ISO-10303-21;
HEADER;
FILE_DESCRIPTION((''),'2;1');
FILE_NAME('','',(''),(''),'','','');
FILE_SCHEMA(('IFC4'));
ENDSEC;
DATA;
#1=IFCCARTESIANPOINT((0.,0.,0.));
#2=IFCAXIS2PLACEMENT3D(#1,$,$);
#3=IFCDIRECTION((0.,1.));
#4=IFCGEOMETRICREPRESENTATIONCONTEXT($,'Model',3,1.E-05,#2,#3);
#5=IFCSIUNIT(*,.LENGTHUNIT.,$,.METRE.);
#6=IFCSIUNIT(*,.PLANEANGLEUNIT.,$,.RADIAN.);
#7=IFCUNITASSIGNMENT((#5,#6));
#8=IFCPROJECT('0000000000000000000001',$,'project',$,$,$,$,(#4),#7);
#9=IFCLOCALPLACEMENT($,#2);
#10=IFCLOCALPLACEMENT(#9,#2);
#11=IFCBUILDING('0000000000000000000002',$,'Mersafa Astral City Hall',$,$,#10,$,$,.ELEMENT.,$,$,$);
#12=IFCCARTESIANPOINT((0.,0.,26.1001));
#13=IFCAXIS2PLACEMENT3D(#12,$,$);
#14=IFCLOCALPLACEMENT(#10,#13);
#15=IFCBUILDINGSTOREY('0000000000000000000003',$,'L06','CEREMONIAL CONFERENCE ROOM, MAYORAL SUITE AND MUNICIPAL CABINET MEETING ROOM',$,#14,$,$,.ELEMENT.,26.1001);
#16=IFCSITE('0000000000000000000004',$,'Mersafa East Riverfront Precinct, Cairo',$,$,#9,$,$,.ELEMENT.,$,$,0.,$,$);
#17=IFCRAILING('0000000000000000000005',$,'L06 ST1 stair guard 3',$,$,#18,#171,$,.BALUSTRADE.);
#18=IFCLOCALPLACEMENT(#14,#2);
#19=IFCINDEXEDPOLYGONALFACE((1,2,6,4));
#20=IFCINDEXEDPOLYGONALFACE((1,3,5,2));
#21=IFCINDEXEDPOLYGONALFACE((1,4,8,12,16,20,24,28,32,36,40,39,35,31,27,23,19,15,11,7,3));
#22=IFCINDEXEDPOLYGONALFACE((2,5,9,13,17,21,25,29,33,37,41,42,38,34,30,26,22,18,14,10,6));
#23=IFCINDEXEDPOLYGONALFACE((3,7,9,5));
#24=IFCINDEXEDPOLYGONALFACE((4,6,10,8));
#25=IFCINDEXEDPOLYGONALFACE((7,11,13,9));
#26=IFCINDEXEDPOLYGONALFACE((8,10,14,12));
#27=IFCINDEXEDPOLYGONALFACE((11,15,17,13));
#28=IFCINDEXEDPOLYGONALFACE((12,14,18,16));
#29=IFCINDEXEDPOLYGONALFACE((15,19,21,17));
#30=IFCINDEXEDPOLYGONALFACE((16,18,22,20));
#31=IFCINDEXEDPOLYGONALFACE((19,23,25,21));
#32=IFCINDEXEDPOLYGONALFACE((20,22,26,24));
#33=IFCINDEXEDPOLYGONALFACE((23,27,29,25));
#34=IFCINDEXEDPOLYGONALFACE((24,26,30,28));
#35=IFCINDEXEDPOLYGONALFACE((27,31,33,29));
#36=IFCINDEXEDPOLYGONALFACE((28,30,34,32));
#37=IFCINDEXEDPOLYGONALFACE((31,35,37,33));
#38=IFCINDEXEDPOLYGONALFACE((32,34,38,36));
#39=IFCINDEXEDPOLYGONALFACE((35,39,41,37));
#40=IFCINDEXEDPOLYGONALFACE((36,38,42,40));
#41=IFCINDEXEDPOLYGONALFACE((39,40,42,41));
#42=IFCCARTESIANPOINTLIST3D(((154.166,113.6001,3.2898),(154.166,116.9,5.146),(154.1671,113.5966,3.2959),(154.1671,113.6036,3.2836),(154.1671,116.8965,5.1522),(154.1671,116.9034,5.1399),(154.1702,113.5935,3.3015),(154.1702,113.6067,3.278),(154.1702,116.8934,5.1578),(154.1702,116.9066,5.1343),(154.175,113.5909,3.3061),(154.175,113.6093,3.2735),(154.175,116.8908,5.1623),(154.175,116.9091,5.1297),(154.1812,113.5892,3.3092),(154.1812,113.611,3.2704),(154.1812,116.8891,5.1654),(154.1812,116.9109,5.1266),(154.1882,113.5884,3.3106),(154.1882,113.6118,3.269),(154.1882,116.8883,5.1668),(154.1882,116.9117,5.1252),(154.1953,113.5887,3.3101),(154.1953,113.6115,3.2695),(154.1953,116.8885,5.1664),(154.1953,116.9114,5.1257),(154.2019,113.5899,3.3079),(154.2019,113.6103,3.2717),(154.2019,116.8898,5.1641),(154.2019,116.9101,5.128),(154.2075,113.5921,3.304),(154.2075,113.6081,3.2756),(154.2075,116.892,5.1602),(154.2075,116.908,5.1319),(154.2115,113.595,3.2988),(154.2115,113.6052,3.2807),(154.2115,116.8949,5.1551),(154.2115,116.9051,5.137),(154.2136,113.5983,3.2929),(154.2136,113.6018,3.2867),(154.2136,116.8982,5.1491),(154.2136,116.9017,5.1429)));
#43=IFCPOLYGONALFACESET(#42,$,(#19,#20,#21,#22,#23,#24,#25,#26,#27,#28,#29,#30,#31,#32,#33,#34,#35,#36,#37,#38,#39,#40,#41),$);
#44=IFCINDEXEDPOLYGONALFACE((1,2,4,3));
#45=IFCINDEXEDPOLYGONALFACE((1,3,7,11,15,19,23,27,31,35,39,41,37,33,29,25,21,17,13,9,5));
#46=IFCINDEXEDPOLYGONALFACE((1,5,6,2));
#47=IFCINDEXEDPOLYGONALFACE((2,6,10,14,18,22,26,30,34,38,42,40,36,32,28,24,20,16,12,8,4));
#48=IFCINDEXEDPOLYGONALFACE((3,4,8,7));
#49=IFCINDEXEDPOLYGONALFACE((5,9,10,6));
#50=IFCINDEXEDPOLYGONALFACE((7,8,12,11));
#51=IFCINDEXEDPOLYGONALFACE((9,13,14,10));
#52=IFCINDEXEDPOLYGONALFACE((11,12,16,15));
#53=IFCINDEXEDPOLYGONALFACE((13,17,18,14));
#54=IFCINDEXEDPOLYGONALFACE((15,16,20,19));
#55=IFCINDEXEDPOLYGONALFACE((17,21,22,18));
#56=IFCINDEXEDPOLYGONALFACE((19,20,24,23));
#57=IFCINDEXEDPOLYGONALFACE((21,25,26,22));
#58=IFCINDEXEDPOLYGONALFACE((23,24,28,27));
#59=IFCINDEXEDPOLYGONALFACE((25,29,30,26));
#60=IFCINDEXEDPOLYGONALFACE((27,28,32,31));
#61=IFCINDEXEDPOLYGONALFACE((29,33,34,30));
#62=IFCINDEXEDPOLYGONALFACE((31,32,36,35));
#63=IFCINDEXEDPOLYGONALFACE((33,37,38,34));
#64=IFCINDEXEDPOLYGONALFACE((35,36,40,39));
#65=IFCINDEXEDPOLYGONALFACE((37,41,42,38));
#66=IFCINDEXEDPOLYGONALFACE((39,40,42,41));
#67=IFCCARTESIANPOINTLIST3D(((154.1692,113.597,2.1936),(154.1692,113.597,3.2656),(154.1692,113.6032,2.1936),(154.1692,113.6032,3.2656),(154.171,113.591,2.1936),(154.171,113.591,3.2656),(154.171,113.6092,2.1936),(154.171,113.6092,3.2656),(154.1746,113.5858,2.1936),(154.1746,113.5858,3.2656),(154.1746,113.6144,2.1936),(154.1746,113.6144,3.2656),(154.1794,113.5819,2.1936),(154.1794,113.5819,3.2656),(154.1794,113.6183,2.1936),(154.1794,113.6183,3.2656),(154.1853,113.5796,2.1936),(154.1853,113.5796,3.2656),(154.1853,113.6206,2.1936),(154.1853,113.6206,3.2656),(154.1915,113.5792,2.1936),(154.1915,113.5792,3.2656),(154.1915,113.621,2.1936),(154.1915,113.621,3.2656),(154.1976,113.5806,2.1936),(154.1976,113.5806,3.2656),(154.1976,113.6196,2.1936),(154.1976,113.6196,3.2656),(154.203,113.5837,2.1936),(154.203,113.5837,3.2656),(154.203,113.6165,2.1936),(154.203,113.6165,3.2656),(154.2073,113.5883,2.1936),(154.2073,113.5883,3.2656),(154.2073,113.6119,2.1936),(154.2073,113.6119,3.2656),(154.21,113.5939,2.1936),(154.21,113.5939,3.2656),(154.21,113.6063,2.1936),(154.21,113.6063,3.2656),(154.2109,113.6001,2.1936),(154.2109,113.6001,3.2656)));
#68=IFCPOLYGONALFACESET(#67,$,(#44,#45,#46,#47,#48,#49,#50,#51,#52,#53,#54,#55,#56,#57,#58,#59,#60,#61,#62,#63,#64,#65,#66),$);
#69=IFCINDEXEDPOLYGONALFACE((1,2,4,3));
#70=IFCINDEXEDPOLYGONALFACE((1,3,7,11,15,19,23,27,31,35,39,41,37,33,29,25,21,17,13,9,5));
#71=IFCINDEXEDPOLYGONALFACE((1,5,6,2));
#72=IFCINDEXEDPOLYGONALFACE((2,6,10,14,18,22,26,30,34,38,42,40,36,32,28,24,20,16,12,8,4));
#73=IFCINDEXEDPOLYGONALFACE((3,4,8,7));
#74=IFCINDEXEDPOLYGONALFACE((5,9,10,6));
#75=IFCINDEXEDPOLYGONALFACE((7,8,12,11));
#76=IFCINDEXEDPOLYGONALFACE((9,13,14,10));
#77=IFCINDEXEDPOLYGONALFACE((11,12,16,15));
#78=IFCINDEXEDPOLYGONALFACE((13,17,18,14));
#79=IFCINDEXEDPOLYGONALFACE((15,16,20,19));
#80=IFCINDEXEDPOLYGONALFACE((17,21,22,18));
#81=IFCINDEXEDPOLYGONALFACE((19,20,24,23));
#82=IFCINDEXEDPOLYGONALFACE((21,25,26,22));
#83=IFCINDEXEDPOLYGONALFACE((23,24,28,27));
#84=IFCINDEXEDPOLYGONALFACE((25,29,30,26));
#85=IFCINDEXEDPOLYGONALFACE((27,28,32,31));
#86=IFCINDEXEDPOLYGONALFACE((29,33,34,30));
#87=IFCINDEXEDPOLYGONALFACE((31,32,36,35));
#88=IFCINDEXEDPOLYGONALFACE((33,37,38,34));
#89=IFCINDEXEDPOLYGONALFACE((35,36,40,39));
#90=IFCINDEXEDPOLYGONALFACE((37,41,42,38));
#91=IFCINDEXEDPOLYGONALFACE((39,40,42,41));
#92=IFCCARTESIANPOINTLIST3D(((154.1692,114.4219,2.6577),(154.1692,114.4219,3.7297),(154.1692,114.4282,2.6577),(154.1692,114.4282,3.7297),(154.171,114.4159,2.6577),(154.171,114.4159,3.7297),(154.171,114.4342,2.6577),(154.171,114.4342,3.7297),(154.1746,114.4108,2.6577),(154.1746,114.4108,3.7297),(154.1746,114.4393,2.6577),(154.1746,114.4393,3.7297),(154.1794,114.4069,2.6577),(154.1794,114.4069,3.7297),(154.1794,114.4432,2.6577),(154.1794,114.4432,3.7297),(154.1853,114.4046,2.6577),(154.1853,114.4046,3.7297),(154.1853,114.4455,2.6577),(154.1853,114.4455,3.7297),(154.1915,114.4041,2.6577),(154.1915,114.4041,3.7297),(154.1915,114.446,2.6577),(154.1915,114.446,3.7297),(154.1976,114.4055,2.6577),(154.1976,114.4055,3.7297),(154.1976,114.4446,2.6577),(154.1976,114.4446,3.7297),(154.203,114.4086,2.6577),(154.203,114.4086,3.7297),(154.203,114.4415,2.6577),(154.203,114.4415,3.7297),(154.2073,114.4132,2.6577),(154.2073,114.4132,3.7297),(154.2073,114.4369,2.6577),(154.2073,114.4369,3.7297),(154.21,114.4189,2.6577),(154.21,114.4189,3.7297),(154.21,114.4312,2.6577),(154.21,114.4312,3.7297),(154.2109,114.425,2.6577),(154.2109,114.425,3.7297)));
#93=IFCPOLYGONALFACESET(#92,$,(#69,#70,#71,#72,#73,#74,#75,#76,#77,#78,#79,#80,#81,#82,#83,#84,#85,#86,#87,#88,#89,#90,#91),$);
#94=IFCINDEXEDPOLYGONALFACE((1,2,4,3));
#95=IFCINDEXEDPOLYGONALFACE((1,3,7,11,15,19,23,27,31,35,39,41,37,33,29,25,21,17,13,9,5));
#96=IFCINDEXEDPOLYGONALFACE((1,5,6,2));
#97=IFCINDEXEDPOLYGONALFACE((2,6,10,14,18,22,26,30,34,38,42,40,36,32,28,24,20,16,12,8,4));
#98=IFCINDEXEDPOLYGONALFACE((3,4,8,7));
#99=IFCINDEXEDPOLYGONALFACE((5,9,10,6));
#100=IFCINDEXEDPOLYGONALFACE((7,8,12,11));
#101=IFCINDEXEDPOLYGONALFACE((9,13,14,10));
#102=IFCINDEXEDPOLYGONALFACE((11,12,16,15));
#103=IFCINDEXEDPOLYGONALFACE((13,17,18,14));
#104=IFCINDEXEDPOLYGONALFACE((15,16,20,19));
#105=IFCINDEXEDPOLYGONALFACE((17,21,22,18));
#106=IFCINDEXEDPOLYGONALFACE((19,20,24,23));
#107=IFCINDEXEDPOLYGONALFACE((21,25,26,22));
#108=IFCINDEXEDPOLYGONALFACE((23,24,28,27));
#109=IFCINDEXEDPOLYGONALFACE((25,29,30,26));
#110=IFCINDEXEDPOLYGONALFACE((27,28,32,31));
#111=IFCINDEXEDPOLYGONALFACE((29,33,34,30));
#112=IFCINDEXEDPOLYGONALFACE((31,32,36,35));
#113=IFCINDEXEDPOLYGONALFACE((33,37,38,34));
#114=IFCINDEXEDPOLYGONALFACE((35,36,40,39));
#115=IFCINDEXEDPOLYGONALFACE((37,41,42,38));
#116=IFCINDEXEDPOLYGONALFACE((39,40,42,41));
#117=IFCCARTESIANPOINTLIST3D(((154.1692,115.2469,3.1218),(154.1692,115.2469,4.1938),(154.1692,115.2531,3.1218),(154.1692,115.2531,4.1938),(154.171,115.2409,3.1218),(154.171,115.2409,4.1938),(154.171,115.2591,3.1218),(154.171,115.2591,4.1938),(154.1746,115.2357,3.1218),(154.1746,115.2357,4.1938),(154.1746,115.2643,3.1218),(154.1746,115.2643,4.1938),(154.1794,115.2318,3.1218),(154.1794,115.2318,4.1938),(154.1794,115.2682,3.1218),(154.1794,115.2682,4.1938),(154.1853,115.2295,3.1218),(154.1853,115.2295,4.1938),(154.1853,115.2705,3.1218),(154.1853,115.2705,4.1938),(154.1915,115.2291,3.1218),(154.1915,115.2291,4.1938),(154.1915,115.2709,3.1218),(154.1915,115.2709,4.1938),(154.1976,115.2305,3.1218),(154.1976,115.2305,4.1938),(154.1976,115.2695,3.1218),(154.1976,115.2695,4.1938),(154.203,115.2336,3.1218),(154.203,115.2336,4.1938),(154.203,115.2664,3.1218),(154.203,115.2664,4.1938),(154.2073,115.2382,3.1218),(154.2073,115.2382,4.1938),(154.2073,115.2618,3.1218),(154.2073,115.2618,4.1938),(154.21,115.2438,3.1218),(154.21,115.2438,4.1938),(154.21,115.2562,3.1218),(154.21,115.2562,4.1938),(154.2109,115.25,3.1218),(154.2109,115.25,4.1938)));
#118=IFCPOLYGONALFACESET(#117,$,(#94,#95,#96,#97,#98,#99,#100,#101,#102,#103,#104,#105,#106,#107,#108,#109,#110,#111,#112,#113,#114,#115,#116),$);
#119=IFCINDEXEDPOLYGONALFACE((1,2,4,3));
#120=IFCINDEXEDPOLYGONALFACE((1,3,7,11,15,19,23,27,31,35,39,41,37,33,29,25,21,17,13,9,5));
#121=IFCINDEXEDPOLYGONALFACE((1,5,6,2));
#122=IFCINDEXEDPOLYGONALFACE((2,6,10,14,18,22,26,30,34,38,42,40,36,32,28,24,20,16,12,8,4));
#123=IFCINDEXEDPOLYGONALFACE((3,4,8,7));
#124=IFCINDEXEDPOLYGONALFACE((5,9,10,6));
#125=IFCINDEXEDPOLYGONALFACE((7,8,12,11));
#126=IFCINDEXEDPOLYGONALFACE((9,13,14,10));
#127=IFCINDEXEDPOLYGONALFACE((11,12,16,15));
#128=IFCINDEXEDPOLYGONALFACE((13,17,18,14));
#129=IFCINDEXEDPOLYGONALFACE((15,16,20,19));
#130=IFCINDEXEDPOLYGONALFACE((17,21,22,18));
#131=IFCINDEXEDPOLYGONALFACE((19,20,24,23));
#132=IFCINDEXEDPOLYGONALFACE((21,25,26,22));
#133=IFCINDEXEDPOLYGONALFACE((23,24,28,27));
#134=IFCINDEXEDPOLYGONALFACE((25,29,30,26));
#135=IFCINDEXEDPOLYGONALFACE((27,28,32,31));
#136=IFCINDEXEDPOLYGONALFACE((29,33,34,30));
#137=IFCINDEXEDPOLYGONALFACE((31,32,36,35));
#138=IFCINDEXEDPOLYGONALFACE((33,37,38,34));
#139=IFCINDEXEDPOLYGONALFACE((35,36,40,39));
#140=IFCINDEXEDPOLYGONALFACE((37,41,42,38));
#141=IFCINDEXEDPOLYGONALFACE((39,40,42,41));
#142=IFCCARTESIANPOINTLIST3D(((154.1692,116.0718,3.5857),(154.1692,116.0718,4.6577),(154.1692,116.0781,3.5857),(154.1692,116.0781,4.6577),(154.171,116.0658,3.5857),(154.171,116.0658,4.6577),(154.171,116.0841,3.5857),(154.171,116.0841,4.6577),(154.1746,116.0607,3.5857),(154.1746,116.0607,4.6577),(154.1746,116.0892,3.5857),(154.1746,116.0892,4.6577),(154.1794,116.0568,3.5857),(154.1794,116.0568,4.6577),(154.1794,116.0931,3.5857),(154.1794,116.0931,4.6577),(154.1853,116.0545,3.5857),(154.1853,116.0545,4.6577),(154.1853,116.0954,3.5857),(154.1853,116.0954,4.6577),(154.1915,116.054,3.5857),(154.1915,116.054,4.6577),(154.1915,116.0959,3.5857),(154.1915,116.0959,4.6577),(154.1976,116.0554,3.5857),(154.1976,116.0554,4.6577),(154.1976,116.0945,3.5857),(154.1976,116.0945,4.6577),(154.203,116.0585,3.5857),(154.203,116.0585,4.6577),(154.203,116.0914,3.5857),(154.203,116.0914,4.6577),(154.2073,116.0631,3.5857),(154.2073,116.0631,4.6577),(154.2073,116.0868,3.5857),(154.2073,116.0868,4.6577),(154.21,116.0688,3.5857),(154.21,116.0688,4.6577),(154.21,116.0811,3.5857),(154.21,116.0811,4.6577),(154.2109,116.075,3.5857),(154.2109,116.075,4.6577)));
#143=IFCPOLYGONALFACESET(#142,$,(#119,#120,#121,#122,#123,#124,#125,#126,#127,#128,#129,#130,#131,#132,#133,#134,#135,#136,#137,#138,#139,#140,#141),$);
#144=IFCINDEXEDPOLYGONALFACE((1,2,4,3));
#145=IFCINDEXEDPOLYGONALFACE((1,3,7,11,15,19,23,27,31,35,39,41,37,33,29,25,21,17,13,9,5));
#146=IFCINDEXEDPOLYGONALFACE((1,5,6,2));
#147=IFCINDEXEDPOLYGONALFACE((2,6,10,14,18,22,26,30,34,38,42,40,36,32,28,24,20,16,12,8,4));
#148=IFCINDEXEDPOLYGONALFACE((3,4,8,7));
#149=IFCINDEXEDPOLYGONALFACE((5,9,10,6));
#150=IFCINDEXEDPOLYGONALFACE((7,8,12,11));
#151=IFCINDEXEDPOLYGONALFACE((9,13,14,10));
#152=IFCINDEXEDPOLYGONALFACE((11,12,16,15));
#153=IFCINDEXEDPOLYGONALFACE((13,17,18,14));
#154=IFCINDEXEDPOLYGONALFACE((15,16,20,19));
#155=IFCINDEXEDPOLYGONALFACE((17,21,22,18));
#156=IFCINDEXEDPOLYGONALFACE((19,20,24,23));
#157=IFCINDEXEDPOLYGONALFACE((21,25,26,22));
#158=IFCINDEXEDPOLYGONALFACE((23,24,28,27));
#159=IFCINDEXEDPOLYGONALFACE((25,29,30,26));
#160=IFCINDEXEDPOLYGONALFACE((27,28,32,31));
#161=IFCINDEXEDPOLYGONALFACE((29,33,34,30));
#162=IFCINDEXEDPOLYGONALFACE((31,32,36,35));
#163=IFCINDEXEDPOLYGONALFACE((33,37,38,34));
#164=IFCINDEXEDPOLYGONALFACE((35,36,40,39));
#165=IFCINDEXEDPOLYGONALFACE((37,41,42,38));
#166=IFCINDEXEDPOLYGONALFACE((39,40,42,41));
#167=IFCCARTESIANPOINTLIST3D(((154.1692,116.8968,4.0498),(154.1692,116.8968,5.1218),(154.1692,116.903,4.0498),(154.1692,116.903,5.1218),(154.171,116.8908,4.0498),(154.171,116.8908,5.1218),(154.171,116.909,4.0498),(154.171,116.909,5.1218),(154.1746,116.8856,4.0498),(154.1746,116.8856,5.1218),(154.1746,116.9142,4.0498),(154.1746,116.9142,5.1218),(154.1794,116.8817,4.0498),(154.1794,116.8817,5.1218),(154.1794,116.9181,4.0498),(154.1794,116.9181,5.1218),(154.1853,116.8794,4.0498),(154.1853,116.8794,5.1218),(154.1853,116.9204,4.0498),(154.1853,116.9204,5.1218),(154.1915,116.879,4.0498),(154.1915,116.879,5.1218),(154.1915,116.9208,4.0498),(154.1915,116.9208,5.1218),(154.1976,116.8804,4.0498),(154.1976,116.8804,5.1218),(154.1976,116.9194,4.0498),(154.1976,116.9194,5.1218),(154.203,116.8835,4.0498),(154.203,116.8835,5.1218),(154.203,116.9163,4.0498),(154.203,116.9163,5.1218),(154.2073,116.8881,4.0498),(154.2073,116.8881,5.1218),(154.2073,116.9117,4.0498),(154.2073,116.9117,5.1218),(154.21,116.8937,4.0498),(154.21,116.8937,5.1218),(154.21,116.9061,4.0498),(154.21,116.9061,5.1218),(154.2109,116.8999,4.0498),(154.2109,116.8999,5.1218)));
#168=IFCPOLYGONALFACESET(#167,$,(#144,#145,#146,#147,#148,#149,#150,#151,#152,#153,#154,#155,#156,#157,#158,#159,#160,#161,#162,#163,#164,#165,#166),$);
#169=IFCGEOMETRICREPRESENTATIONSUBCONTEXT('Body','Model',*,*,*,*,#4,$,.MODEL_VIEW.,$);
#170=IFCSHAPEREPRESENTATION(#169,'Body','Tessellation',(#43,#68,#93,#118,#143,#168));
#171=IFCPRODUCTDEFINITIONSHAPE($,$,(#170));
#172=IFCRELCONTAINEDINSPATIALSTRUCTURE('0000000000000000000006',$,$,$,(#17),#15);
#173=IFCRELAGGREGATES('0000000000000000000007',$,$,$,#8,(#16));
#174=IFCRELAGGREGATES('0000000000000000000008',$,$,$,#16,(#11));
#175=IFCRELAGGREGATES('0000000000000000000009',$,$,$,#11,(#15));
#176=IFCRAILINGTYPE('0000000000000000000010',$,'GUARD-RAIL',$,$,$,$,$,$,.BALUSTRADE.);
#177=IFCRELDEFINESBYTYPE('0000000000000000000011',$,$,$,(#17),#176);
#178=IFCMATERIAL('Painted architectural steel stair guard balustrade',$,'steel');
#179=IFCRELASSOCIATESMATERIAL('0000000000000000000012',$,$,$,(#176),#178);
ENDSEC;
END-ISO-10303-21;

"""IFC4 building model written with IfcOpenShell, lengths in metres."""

from ifc_helpers import new_model, si_unit, direction, frame, origin, origin_2d, place, context, subcontext, project, spatial, circle, extrude, material, type_object, element, save


model = new_model("IFC4")

# Units and contexts
model_context = context("Model", 3, precision=1e-05, world=origin(), true_north=direction((0.0, 1.0)))
body_context = subcontext(model_context, "Body", "Model", "MODEL_VIEW")
ifc_project = project(units=[si_unit("LENGTHUNIT", "METRE"), si_unit("PLANEANGLEUNIT", "RADIAN")], contexts=[model_context])

# Site, building, storey
site_placement = place(None, origin())
site = spatial("IfcSite", under=ifc_project, at=site_placement, Name="Mersafa East Riverfront Precinct, Cairo", CompositionType="ELEMENT", RefElevation=0.0)
building_placement = place(site_placement, origin())
building = spatial("IfcBuilding", under=site, at=building_placement, Name="Mersafa Astral City Hall", CompositionType="ELEMENT")
storey_placement = place(building_placement, frame((0.0, 0.0, 26.1001)))
storey = spatial("IfcBuildingStorey", under=building, at=storey_placement, Name="L06", Description="CEREMONIAL CONFERENCE ROOM, MAYORAL SUITE AND MUNICIPAL CABINET MEETING ROOM", CompositionType="ELEMENT", Elevation=26.1001)

# Railing
ifc_material_1 = material(Name="Painted architectural steel stair guard balustrade", Category="steel")
railing_type_1 = type_object("IfcRailingType", Name="GUARD-RAIL", PredefinedType="BALUSTRADE", material=ifc_material_1)
railing_1_placement = place(storey_placement, frame((154.1899, 113.6001, 2.1936)))
element("IfcRailing", 1, at=railing_1_placement, inside=storey, type_object=railing_type_1, Name="L06 ST1 stair guard 3", PredefinedType="BALUSTRADE", context=body_context, shape_type="SweptSolid", body=[
    extrude(circle(Radius=0.0239, at=origin_2d()), frame((0.0, 0.0, 1.0962), z_axis=(0.0, 0.871569, 0.490273), x_axis=(-1.0, 0.0, 0.0)), (0.0, 0.0, 1.0), 3.7861),
    extrude(circle(Radius=0.021, at=origin_2d()), origin(), (0.0, 0.0, 1.0), 1.072),
    extrude(circle(Radius=0.021, at=origin_2d()), frame((0.0, 0.825, 0.4641)), (0.0, 0.0, 1.0), 1.072),
    extrude(circle(Radius=0.021, at=origin_2d()), frame((0.0, 1.6499, 0.9282)), (0.0, 0.0, 1.0), 1.072),
    extrude(circle(Radius=0.021, at=origin_2d()), frame((0.0, 2.4749, 1.3921)), (0.0, 0.0, 1.0), 1.072),
    extrude(circle(Radius=0.021, at=origin_2d()), frame((0.0, 3.2998, 1.8562)), (0.0, 0.0, 1.0), 1.072),
])

save(model, "model.ifc")
